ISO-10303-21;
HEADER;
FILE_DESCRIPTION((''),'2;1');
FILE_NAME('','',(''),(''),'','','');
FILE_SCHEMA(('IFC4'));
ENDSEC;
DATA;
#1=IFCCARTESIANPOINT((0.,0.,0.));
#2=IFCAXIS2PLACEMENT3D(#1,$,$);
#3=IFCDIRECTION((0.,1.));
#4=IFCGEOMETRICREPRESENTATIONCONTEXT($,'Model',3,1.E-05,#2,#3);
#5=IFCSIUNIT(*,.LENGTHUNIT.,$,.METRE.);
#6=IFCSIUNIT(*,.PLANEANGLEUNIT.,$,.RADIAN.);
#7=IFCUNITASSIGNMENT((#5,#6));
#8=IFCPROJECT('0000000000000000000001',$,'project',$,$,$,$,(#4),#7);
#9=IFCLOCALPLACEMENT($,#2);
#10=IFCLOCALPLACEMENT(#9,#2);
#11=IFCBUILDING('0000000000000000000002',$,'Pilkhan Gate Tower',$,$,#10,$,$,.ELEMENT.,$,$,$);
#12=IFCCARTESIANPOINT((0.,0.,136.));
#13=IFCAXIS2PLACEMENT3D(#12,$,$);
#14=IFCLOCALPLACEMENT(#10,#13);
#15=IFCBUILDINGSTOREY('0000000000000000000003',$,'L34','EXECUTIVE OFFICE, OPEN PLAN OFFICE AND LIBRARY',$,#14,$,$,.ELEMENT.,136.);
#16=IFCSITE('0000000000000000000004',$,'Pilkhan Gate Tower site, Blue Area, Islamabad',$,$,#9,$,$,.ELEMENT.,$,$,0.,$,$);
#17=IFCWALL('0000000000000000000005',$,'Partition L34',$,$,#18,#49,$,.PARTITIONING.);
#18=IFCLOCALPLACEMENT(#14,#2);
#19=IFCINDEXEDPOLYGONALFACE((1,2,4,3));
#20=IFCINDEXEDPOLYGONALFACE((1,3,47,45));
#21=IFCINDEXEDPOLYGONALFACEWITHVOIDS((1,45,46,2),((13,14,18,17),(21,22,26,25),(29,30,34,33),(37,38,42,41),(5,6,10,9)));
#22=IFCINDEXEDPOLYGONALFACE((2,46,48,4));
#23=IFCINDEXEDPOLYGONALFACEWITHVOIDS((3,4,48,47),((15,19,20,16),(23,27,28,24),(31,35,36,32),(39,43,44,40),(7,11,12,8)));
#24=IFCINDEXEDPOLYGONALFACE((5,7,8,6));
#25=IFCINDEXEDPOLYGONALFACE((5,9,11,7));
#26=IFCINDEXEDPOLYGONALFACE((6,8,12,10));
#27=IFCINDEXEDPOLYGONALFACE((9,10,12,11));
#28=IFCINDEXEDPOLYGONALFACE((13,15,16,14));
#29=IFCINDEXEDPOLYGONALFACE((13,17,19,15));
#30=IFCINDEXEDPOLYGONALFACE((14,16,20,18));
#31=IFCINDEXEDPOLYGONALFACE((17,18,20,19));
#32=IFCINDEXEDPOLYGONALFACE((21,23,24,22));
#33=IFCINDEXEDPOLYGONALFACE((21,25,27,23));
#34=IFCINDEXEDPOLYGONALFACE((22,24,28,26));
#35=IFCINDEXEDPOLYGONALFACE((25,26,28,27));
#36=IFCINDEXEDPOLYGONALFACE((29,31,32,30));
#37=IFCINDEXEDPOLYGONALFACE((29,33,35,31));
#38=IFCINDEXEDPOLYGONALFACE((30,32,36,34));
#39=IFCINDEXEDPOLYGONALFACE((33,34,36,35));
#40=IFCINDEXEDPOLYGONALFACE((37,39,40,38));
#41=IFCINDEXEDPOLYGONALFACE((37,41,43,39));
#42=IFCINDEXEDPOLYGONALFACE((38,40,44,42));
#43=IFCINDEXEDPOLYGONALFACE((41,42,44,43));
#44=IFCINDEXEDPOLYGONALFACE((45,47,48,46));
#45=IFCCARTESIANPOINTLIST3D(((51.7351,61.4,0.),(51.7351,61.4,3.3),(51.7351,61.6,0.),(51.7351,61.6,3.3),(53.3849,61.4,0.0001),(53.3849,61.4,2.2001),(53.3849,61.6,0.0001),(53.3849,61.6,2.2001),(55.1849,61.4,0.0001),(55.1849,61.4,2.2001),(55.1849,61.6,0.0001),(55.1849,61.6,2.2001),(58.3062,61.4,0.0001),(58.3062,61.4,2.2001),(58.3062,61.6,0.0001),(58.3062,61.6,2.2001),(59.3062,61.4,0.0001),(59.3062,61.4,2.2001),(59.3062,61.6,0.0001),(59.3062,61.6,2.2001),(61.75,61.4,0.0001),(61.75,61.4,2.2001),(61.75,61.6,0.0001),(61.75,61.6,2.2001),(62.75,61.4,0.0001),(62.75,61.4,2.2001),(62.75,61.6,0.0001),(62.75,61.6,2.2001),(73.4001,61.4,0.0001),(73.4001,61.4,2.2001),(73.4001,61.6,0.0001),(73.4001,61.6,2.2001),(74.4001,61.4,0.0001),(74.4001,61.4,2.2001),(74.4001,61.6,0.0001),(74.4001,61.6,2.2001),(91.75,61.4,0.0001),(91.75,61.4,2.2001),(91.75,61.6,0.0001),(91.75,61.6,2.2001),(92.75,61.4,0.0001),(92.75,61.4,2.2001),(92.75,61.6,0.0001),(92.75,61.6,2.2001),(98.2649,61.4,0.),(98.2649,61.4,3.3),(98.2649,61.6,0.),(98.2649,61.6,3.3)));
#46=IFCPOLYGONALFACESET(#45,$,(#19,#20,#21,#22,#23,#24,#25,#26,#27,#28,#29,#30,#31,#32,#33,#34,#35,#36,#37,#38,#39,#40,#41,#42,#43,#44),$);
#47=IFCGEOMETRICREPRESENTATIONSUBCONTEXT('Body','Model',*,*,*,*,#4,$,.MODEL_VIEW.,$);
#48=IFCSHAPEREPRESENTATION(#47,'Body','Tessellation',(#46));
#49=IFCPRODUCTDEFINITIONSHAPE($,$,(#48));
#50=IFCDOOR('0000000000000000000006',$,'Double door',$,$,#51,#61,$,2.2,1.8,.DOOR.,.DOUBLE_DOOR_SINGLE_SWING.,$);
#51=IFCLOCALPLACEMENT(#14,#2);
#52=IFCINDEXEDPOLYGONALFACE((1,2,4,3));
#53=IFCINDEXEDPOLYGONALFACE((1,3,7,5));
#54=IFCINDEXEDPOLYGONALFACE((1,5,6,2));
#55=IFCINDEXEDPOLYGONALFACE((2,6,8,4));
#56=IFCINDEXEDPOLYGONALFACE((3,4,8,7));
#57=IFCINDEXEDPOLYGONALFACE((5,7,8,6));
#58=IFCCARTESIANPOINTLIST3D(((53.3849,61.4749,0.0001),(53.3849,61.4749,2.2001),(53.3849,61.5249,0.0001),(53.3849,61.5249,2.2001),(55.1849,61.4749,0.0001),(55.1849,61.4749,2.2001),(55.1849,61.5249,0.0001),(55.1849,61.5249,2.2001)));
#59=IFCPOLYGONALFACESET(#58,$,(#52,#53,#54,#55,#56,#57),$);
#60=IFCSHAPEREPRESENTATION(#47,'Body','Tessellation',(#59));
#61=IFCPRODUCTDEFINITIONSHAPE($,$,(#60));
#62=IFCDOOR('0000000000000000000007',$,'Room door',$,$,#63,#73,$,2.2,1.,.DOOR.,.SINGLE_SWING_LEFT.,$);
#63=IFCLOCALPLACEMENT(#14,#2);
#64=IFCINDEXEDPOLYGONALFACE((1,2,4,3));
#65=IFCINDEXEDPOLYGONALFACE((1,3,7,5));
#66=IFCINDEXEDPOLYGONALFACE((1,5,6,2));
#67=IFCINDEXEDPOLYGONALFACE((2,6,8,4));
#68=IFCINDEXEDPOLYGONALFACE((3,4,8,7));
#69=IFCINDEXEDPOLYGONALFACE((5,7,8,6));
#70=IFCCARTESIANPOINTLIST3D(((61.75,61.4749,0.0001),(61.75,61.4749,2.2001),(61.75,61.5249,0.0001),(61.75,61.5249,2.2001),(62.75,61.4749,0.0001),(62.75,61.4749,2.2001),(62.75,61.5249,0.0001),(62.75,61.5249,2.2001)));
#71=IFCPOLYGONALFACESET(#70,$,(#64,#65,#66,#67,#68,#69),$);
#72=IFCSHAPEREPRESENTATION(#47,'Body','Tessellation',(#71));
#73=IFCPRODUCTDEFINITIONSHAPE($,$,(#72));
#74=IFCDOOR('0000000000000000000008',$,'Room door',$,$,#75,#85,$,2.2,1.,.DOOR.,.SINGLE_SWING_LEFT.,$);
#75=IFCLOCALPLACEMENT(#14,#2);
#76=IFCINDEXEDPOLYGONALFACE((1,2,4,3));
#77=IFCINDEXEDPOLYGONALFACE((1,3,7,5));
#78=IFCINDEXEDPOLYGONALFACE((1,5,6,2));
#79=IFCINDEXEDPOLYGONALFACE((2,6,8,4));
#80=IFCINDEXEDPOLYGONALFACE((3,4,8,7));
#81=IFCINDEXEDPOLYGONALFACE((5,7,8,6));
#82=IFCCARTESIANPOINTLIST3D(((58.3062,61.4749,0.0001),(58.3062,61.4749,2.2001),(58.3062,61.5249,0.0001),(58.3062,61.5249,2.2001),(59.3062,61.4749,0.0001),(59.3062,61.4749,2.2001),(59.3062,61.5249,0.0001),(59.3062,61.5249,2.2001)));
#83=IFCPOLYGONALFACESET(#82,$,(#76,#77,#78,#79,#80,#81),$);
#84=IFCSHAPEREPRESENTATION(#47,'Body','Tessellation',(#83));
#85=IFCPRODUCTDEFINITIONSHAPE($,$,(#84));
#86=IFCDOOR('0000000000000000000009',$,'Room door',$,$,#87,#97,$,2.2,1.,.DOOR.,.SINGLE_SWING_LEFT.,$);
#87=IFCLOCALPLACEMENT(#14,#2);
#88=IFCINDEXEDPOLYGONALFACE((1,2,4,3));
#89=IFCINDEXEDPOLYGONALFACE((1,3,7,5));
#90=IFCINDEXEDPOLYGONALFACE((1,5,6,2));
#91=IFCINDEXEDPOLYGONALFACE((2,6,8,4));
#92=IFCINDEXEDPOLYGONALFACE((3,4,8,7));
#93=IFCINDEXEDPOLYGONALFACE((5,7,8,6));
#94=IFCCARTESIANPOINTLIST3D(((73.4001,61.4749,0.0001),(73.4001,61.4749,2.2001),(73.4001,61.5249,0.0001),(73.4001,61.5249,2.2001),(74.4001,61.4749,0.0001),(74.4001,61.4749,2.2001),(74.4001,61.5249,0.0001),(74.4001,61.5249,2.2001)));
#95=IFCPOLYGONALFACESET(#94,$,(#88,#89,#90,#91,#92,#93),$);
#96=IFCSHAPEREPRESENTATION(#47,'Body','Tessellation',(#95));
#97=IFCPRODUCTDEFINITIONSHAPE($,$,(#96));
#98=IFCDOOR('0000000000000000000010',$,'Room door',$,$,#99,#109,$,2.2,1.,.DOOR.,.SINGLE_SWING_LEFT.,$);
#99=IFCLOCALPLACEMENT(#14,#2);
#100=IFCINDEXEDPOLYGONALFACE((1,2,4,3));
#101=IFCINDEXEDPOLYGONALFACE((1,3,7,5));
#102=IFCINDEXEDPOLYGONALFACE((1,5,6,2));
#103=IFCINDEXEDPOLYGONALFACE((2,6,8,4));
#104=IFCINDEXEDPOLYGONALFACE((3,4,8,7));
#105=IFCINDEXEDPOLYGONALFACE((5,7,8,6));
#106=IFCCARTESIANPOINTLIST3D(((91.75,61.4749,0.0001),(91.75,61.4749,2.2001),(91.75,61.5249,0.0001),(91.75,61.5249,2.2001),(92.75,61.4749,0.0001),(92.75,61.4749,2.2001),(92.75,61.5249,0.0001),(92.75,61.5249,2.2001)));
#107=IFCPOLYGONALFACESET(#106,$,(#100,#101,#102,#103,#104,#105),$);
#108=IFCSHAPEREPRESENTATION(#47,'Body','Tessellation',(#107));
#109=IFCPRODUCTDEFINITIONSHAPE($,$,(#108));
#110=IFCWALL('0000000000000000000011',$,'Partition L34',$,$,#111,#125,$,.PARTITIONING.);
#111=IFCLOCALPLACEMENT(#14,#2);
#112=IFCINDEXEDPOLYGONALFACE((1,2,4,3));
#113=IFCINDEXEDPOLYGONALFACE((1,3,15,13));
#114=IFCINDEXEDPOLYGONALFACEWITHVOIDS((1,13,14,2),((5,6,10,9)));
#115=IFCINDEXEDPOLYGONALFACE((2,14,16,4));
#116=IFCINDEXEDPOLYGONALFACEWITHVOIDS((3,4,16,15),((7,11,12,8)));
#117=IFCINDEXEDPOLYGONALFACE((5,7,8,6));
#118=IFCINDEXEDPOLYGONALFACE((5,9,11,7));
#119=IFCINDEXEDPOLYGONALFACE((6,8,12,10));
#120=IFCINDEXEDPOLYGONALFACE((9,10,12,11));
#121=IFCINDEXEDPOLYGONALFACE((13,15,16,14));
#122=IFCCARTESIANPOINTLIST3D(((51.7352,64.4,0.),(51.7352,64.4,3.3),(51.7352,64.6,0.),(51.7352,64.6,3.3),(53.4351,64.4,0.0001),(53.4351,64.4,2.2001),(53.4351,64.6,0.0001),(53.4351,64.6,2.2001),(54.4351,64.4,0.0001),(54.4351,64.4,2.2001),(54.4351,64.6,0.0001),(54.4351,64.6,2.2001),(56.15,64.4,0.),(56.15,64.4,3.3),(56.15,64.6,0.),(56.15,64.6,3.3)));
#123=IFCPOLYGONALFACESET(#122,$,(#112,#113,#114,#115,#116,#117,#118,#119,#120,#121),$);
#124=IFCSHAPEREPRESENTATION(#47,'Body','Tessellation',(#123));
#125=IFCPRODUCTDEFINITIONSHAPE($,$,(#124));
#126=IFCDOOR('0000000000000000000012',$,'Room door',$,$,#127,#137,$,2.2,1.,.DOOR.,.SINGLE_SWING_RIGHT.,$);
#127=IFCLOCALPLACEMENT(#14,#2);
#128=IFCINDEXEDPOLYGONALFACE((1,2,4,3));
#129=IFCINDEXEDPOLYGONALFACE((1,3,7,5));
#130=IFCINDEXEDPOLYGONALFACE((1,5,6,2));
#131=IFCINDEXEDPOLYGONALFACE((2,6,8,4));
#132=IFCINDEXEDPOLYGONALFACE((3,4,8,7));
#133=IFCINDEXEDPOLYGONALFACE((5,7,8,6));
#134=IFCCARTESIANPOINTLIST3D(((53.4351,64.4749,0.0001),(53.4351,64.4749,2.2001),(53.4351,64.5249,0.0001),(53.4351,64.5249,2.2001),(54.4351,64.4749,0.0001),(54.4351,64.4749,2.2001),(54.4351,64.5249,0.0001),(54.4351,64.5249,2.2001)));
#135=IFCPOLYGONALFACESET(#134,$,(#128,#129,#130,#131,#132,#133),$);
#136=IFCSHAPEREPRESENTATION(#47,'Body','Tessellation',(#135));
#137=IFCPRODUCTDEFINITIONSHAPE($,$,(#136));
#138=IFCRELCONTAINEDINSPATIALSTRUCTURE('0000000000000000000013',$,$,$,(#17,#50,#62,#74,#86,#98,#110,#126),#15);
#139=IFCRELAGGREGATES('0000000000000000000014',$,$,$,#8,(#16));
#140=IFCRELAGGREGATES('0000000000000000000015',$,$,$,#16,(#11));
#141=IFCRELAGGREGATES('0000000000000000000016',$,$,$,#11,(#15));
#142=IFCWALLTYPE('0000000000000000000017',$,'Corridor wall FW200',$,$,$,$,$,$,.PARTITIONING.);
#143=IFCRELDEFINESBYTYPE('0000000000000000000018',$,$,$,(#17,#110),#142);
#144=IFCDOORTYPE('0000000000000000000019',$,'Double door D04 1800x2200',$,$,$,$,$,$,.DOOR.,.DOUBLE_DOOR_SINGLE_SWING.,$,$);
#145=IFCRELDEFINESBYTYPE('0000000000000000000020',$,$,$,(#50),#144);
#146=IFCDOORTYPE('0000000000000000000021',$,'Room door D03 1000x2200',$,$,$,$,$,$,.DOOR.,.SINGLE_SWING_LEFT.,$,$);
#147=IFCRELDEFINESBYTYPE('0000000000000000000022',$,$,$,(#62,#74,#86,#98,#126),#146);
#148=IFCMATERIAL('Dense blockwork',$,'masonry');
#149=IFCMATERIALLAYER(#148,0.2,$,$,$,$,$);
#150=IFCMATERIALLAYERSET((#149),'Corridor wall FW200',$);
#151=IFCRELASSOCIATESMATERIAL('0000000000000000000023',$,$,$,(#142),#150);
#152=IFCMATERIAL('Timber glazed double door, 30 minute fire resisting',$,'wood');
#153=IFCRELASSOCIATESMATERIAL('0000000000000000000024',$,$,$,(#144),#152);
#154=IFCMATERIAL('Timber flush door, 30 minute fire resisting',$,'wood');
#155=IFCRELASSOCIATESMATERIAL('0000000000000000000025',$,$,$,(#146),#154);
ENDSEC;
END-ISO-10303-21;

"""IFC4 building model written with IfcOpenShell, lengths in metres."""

from ifc_helpers import new_model, si_unit, direction, frame, frame_2d, origin, place, context, subcontext, project, spatial, rectangle, extrude, material, layer, layer_set, type_object, element, fill, save


model = new_model("IFC4")

# Units and contexts
model_context = context("Model", 3, precision=1e-05, world=origin(), true_north=direction((0.0, 1.0)))
body_context = subcontext(model_context, "Body", "Model", "MODEL_VIEW")
ifc_project = project(units=[si_unit("LENGTHUNIT", "METRE"), si_unit("PLANEANGLEUNIT", "RADIAN")], contexts=[model_context])

# Site, building, storey
site_placement = place(None, origin())
site = spatial("IfcSite", under=ifc_project, at=site_placement, Name="Pilkhan Gate Tower site, Blue Area, Islamabad", CompositionType="ELEMENT", RefElevation=0.0)
building_placement = place(site_placement, origin())
building = spatial("IfcBuilding", under=site, at=building_placement, Name="Pilkhan Gate Tower", CompositionType="ELEMENT")
storey_placement = place(building_placement, frame((0.0, 0.0, 136.0)))
storey = spatial("IfcBuildingStorey", under=building, at=storey_placement, Name="L34", Description="EXECUTIVE OFFICE, OPEN PLAN OFFICE AND LIBRARY", CompositionType="ELEMENT", Elevation=136.0)

# Wall, openings, doors
ifc_material_1 = material(Name="Dense blockwork", Category="masonry")
ifc_layer_1 = layer(ifc_material_1, 0.2)
ifc_layer_set_1 = layer_set([ifc_layer_1], Name="Corridor wall FW200")
wall_type_1 = type_object("IfcWallType", Name="Corridor wall FW200", PredefinedType="PARTITIONING", material=ifc_layer_set_1)
wall_1_placement = place(storey_placement, frame((51.7351, 61.5, 0.0), z_axis=(0.0, 0.0, 1.0), x_axis=(1.0, 0.0, 0.0)))
wall_1 = element("IfcWall", 1, at=wall_1_placement, inside=storey, type_object=wall_type_1, Name="Partition L34", PredefinedType="PARTITIONING", context=body_context, shape_type="SweptSolid", body=[
    extrude(rectangle(XDim=46.5298, YDim=0.2, at=frame_2d((23.2649, 0.0))), origin(), (0.0, 0.0, 1.0), 3.3),
])
opening_1_placement = place(wall_1_placement, frame((10.0149, 0.0, 0.0)))
opening_1 = element("IfcOpeningElement", 2, at=opening_1_placement, cuts=wall_1, PredefinedType="OPENING", context=body_context, shape_type="SweptSolid", body=[
    extrude(rectangle(XDim=1.0, YDim=2.2, at=frame_2d((0.5, 1.1001))), frame((0.0, 0.1099, 0.0), z_axis=(0.0, -1.0, 0.0), x_axis=(1.0, 0.0, 0.0)), (0.0, 0.0, 1.0), 0.22),
])
opening_2_placement = place(wall_1_placement, frame((1.6499, 0.0, 0.0)))
opening_2 = element("IfcOpeningElement", 3, at=opening_2_placement, cuts=wall_1, PredefinedType="OPENING", context=body_context, shape_type="SweptSolid", body=[
    extrude(rectangle(XDim=1.8, YDim=2.2, at=frame_2d((0.8999, 1.1001))), frame((0.0, 0.1099, 0.0), z_axis=(0.0, -1.0, 0.0), x_axis=(1.0, 0.0, 0.0)), (0.0, 0.0, 1.0), 0.22),
])
opening_3_placement = place(wall_1_placement, frame((6.571, 0.0, 0.0)))
opening_3 = element("IfcOpeningElement", 4, at=opening_3_placement, cuts=wall_1, PredefinedType="OPENING", context=body_context, shape_type="SweptSolid", body=[
    extrude(rectangle(XDim=1.0, YDim=2.2, at=frame_2d((0.5, 1.1001))), frame((0.0, 0.1099, 0.0), z_axis=(0.0, -1.0, 0.0), x_axis=(1.0, 0.0, 0.0)), (0.0, 0.0, 1.0), 0.22),
])
opening_4_placement = place(wall_1_placement, frame((21.665, 0.0, 0.0)))
opening_4 = element("IfcOpeningElement", 5, at=opening_4_placement, cuts=wall_1, PredefinedType="OPENING", context=body_context, shape_type="SweptSolid", body=[
    extrude(rectangle(XDim=1.0, YDim=2.2, at=frame_2d((0.5, 1.1001))), frame((0.0, 0.1099, 0.0), z_axis=(0.0, -1.0, 0.0), x_axis=(1.0, 0.0, 0.0)), (0.0, 0.0, 1.0), 0.22),
])
opening_5_placement = place(wall_1_placement, frame((40.0149, 0.0, 0.0)))
opening_5 = element("IfcOpeningElement", 6, at=opening_5_placement, cuts=wall_1, PredefinedType="OPENING", context=body_context, shape_type="SweptSolid", body=[
    extrude(rectangle(XDim=1.0, YDim=2.2, at=frame_2d((0.5, 1.1001))), frame((0.0, 0.1099, 0.0), z_axis=(0.0, -1.0, 0.0), x_axis=(1.0, 0.0, 0.0)), (0.0, 0.0, 1.0), 0.22),
])
ifc_material_2 = material(Name="Timber glazed double door, 30 minute fire resisting", Category="wood")
door_type_1 = type_object("IfcDoorType", Name="Double door D04 1800x2200", OperationType="DOUBLE_DOOR_SINGLE_SWING", PredefinedType="DOOR", material=ifc_material_2)
door_1_placement = place(opening_2_placement, origin())
door_1 = element("IfcDoor", 7, at=door_1_placement, inside=storey, type_object=door_type_1, Name="Double door", OperationType="DOUBLE_DOOR_SINGLE_SWING", OverallHeight=2.2, OverallWidth=1.8, PredefinedType="DOOR", context=body_context, shape_type="SweptSolid", body=[
    extrude(rectangle(XDim=1.8, YDim=2.2, at=frame_2d((0.8999, 1.1001))), frame((0.0, 0.0249, 0.0), z_axis=(0.0, -1.0, 0.0), x_axis=(1.0, 0.0, 0.0)), (0.0, 0.0, 1.0), 0.05),
])
fill(opening_2, door_1)
ifc_material_3 = material(Name="Timber flush door, 30 minute fire resisting", Category="wood")
door_type_2 = type_object("IfcDoorType", Name="Room door D03 1000x2200", OperationType="SINGLE_SWING_LEFT", PredefinedType="DOOR", material=ifc_material_3)
door_2_placement = place(opening_1_placement, origin())
door_2 = element("IfcDoor", 8, at=door_2_placement, inside=storey, type_object=door_type_2, Name="Room door", OperationType="SINGLE_SWING_LEFT", OverallHeight=2.2, OverallWidth=1.0, PredefinedType="DOOR", context=body_context, shape_type="SweptSolid", body=[
    extrude(rectangle(XDim=1.0, YDim=2.2, at=frame_2d((0.5, 1.1001))), frame((0.0, 0.0249, 0.0), z_axis=(0.0, -1.0, 0.0), x_axis=(1.0, 0.0, 0.0)), (0.0, 0.0, 1.0), 0.05),
])
fill(opening_1, door_2)
door_3_placement = place(opening_3_placement, origin())
door_3 = element("IfcDoor", 9, at=door_3_placement, inside=storey, type_object=door_type_2, Name="Room door", OperationType="SINGLE_SWING_LEFT", OverallHeight=2.2, OverallWidth=1.0, PredefinedType="DOOR", context=body_context, shape_type="SweptSolid", body=[
    extrude(rectangle(XDim=1.0, YDim=2.2, at=frame_2d((0.5, 1.1001))), frame((0.0, 0.0249, 0.0), z_axis=(0.0, -1.0, 0.0), x_axis=(1.0, 0.0, 0.0)), (0.0, 0.0, 1.0), 0.05),
])
fill(opening_3, door_3)
door_4_placement = place(opening_4_placement, origin())
door_4 = element("IfcDoor", 10, at=door_4_placement, inside=storey, type_object=door_type_2, Name="Room door", OperationType="SINGLE_SWING_LEFT", OverallHeight=2.2, OverallWidth=1.0, PredefinedType="DOOR", context=body_context, shape_type="SweptSolid", body=[
    extrude(rectangle(XDim=1.0, YDim=2.2, at=frame_2d((0.5, 1.1001))), frame((0.0, 0.0249, 0.0), z_axis=(0.0, -1.0, 0.0), x_axis=(1.0, 0.0, 0.0)), (0.0, 0.0, 1.0), 0.05),
])
fill(opening_4, door_4)
door_5_placement = place(opening_5_placement, origin())
door_5 = element("IfcDoor", 11, at=door_5_placement, inside=storey, type_object=door_type_2, Name="Room door", OperationType="SINGLE_SWING_LEFT", OverallHeight=2.2, OverallWidth=1.0, PredefinedType="DOOR", context=body_context, shape_type="SweptSolid", body=[
    extrude(rectangle(XDim=1.0, YDim=2.2, at=frame_2d((0.5, 1.1001))), frame((0.0, 0.0249, 0.0), z_axis=(0.0, -1.0, 0.0), x_axis=(1.0, 0.0, 0.0)), (0.0, 0.0, 1.0), 0.05),
])
fill(opening_5, door_5)

# Wall, opening, door
wall_2_placement = place(storey_placement, frame((51.7351, 64.5, 0.0), z_axis=(0.0, 0.0, 1.0), x_axis=(1.0, 0.0, 0.0)))
wall_2 = element("IfcWall", 12, at=wall_2_placement, inside=storey, type_object=wall_type_1, Name="Partition L34", PredefinedType="PARTITIONING", context=body_context, shape_type="SweptSolid", body=[
    extrude(rectangle(XDim=4.4148, YDim=0.2, at=frame_2d((2.2075, 0.0))), origin(), (0.0, 0.0, 1.0), 3.3),
])
opening_6_placement = place(wall_2_placement, frame((1.7, 0.0, 0.0)))
opening_6 = element("IfcOpeningElement", 13, at=opening_6_placement, cuts=wall_2, PredefinedType="OPENING", context=body_context, shape_type="SweptSolid", body=[
    extrude(rectangle(XDim=1.0, YDim=2.2, at=frame_2d((0.5, 1.1001))), frame((0.0, 0.1099, 0.0), z_axis=(0.0, -1.0, 0.0), x_axis=(1.0, 0.0, 0.0)), (0.0, 0.0, 1.0), 0.22),
])
door_6_placement = place(opening_6_placement, origin())
door_6 = element("IfcDoor", 14, at=door_6_placement, inside=storey, type_object=door_type_2, Name="Room door", OperationType="SINGLE_SWING_RIGHT", OverallHeight=2.2, OverallWidth=1.0, PredefinedType="DOOR", context=body_context, shape_type="SweptSolid", body=[
    extrude(rectangle(XDim=1.0, YDim=2.2, at=frame_2d((0.5, 1.1001))), frame((0.0, 0.0249, 0.0), z_axis=(0.0, -1.0, 0.0), x_axis=(1.0, 0.0, 0.0)), (0.0, 0.0, 1.0), 0.05),
])
fill(opening_6, door_6)

save(model, "model.ifc")
